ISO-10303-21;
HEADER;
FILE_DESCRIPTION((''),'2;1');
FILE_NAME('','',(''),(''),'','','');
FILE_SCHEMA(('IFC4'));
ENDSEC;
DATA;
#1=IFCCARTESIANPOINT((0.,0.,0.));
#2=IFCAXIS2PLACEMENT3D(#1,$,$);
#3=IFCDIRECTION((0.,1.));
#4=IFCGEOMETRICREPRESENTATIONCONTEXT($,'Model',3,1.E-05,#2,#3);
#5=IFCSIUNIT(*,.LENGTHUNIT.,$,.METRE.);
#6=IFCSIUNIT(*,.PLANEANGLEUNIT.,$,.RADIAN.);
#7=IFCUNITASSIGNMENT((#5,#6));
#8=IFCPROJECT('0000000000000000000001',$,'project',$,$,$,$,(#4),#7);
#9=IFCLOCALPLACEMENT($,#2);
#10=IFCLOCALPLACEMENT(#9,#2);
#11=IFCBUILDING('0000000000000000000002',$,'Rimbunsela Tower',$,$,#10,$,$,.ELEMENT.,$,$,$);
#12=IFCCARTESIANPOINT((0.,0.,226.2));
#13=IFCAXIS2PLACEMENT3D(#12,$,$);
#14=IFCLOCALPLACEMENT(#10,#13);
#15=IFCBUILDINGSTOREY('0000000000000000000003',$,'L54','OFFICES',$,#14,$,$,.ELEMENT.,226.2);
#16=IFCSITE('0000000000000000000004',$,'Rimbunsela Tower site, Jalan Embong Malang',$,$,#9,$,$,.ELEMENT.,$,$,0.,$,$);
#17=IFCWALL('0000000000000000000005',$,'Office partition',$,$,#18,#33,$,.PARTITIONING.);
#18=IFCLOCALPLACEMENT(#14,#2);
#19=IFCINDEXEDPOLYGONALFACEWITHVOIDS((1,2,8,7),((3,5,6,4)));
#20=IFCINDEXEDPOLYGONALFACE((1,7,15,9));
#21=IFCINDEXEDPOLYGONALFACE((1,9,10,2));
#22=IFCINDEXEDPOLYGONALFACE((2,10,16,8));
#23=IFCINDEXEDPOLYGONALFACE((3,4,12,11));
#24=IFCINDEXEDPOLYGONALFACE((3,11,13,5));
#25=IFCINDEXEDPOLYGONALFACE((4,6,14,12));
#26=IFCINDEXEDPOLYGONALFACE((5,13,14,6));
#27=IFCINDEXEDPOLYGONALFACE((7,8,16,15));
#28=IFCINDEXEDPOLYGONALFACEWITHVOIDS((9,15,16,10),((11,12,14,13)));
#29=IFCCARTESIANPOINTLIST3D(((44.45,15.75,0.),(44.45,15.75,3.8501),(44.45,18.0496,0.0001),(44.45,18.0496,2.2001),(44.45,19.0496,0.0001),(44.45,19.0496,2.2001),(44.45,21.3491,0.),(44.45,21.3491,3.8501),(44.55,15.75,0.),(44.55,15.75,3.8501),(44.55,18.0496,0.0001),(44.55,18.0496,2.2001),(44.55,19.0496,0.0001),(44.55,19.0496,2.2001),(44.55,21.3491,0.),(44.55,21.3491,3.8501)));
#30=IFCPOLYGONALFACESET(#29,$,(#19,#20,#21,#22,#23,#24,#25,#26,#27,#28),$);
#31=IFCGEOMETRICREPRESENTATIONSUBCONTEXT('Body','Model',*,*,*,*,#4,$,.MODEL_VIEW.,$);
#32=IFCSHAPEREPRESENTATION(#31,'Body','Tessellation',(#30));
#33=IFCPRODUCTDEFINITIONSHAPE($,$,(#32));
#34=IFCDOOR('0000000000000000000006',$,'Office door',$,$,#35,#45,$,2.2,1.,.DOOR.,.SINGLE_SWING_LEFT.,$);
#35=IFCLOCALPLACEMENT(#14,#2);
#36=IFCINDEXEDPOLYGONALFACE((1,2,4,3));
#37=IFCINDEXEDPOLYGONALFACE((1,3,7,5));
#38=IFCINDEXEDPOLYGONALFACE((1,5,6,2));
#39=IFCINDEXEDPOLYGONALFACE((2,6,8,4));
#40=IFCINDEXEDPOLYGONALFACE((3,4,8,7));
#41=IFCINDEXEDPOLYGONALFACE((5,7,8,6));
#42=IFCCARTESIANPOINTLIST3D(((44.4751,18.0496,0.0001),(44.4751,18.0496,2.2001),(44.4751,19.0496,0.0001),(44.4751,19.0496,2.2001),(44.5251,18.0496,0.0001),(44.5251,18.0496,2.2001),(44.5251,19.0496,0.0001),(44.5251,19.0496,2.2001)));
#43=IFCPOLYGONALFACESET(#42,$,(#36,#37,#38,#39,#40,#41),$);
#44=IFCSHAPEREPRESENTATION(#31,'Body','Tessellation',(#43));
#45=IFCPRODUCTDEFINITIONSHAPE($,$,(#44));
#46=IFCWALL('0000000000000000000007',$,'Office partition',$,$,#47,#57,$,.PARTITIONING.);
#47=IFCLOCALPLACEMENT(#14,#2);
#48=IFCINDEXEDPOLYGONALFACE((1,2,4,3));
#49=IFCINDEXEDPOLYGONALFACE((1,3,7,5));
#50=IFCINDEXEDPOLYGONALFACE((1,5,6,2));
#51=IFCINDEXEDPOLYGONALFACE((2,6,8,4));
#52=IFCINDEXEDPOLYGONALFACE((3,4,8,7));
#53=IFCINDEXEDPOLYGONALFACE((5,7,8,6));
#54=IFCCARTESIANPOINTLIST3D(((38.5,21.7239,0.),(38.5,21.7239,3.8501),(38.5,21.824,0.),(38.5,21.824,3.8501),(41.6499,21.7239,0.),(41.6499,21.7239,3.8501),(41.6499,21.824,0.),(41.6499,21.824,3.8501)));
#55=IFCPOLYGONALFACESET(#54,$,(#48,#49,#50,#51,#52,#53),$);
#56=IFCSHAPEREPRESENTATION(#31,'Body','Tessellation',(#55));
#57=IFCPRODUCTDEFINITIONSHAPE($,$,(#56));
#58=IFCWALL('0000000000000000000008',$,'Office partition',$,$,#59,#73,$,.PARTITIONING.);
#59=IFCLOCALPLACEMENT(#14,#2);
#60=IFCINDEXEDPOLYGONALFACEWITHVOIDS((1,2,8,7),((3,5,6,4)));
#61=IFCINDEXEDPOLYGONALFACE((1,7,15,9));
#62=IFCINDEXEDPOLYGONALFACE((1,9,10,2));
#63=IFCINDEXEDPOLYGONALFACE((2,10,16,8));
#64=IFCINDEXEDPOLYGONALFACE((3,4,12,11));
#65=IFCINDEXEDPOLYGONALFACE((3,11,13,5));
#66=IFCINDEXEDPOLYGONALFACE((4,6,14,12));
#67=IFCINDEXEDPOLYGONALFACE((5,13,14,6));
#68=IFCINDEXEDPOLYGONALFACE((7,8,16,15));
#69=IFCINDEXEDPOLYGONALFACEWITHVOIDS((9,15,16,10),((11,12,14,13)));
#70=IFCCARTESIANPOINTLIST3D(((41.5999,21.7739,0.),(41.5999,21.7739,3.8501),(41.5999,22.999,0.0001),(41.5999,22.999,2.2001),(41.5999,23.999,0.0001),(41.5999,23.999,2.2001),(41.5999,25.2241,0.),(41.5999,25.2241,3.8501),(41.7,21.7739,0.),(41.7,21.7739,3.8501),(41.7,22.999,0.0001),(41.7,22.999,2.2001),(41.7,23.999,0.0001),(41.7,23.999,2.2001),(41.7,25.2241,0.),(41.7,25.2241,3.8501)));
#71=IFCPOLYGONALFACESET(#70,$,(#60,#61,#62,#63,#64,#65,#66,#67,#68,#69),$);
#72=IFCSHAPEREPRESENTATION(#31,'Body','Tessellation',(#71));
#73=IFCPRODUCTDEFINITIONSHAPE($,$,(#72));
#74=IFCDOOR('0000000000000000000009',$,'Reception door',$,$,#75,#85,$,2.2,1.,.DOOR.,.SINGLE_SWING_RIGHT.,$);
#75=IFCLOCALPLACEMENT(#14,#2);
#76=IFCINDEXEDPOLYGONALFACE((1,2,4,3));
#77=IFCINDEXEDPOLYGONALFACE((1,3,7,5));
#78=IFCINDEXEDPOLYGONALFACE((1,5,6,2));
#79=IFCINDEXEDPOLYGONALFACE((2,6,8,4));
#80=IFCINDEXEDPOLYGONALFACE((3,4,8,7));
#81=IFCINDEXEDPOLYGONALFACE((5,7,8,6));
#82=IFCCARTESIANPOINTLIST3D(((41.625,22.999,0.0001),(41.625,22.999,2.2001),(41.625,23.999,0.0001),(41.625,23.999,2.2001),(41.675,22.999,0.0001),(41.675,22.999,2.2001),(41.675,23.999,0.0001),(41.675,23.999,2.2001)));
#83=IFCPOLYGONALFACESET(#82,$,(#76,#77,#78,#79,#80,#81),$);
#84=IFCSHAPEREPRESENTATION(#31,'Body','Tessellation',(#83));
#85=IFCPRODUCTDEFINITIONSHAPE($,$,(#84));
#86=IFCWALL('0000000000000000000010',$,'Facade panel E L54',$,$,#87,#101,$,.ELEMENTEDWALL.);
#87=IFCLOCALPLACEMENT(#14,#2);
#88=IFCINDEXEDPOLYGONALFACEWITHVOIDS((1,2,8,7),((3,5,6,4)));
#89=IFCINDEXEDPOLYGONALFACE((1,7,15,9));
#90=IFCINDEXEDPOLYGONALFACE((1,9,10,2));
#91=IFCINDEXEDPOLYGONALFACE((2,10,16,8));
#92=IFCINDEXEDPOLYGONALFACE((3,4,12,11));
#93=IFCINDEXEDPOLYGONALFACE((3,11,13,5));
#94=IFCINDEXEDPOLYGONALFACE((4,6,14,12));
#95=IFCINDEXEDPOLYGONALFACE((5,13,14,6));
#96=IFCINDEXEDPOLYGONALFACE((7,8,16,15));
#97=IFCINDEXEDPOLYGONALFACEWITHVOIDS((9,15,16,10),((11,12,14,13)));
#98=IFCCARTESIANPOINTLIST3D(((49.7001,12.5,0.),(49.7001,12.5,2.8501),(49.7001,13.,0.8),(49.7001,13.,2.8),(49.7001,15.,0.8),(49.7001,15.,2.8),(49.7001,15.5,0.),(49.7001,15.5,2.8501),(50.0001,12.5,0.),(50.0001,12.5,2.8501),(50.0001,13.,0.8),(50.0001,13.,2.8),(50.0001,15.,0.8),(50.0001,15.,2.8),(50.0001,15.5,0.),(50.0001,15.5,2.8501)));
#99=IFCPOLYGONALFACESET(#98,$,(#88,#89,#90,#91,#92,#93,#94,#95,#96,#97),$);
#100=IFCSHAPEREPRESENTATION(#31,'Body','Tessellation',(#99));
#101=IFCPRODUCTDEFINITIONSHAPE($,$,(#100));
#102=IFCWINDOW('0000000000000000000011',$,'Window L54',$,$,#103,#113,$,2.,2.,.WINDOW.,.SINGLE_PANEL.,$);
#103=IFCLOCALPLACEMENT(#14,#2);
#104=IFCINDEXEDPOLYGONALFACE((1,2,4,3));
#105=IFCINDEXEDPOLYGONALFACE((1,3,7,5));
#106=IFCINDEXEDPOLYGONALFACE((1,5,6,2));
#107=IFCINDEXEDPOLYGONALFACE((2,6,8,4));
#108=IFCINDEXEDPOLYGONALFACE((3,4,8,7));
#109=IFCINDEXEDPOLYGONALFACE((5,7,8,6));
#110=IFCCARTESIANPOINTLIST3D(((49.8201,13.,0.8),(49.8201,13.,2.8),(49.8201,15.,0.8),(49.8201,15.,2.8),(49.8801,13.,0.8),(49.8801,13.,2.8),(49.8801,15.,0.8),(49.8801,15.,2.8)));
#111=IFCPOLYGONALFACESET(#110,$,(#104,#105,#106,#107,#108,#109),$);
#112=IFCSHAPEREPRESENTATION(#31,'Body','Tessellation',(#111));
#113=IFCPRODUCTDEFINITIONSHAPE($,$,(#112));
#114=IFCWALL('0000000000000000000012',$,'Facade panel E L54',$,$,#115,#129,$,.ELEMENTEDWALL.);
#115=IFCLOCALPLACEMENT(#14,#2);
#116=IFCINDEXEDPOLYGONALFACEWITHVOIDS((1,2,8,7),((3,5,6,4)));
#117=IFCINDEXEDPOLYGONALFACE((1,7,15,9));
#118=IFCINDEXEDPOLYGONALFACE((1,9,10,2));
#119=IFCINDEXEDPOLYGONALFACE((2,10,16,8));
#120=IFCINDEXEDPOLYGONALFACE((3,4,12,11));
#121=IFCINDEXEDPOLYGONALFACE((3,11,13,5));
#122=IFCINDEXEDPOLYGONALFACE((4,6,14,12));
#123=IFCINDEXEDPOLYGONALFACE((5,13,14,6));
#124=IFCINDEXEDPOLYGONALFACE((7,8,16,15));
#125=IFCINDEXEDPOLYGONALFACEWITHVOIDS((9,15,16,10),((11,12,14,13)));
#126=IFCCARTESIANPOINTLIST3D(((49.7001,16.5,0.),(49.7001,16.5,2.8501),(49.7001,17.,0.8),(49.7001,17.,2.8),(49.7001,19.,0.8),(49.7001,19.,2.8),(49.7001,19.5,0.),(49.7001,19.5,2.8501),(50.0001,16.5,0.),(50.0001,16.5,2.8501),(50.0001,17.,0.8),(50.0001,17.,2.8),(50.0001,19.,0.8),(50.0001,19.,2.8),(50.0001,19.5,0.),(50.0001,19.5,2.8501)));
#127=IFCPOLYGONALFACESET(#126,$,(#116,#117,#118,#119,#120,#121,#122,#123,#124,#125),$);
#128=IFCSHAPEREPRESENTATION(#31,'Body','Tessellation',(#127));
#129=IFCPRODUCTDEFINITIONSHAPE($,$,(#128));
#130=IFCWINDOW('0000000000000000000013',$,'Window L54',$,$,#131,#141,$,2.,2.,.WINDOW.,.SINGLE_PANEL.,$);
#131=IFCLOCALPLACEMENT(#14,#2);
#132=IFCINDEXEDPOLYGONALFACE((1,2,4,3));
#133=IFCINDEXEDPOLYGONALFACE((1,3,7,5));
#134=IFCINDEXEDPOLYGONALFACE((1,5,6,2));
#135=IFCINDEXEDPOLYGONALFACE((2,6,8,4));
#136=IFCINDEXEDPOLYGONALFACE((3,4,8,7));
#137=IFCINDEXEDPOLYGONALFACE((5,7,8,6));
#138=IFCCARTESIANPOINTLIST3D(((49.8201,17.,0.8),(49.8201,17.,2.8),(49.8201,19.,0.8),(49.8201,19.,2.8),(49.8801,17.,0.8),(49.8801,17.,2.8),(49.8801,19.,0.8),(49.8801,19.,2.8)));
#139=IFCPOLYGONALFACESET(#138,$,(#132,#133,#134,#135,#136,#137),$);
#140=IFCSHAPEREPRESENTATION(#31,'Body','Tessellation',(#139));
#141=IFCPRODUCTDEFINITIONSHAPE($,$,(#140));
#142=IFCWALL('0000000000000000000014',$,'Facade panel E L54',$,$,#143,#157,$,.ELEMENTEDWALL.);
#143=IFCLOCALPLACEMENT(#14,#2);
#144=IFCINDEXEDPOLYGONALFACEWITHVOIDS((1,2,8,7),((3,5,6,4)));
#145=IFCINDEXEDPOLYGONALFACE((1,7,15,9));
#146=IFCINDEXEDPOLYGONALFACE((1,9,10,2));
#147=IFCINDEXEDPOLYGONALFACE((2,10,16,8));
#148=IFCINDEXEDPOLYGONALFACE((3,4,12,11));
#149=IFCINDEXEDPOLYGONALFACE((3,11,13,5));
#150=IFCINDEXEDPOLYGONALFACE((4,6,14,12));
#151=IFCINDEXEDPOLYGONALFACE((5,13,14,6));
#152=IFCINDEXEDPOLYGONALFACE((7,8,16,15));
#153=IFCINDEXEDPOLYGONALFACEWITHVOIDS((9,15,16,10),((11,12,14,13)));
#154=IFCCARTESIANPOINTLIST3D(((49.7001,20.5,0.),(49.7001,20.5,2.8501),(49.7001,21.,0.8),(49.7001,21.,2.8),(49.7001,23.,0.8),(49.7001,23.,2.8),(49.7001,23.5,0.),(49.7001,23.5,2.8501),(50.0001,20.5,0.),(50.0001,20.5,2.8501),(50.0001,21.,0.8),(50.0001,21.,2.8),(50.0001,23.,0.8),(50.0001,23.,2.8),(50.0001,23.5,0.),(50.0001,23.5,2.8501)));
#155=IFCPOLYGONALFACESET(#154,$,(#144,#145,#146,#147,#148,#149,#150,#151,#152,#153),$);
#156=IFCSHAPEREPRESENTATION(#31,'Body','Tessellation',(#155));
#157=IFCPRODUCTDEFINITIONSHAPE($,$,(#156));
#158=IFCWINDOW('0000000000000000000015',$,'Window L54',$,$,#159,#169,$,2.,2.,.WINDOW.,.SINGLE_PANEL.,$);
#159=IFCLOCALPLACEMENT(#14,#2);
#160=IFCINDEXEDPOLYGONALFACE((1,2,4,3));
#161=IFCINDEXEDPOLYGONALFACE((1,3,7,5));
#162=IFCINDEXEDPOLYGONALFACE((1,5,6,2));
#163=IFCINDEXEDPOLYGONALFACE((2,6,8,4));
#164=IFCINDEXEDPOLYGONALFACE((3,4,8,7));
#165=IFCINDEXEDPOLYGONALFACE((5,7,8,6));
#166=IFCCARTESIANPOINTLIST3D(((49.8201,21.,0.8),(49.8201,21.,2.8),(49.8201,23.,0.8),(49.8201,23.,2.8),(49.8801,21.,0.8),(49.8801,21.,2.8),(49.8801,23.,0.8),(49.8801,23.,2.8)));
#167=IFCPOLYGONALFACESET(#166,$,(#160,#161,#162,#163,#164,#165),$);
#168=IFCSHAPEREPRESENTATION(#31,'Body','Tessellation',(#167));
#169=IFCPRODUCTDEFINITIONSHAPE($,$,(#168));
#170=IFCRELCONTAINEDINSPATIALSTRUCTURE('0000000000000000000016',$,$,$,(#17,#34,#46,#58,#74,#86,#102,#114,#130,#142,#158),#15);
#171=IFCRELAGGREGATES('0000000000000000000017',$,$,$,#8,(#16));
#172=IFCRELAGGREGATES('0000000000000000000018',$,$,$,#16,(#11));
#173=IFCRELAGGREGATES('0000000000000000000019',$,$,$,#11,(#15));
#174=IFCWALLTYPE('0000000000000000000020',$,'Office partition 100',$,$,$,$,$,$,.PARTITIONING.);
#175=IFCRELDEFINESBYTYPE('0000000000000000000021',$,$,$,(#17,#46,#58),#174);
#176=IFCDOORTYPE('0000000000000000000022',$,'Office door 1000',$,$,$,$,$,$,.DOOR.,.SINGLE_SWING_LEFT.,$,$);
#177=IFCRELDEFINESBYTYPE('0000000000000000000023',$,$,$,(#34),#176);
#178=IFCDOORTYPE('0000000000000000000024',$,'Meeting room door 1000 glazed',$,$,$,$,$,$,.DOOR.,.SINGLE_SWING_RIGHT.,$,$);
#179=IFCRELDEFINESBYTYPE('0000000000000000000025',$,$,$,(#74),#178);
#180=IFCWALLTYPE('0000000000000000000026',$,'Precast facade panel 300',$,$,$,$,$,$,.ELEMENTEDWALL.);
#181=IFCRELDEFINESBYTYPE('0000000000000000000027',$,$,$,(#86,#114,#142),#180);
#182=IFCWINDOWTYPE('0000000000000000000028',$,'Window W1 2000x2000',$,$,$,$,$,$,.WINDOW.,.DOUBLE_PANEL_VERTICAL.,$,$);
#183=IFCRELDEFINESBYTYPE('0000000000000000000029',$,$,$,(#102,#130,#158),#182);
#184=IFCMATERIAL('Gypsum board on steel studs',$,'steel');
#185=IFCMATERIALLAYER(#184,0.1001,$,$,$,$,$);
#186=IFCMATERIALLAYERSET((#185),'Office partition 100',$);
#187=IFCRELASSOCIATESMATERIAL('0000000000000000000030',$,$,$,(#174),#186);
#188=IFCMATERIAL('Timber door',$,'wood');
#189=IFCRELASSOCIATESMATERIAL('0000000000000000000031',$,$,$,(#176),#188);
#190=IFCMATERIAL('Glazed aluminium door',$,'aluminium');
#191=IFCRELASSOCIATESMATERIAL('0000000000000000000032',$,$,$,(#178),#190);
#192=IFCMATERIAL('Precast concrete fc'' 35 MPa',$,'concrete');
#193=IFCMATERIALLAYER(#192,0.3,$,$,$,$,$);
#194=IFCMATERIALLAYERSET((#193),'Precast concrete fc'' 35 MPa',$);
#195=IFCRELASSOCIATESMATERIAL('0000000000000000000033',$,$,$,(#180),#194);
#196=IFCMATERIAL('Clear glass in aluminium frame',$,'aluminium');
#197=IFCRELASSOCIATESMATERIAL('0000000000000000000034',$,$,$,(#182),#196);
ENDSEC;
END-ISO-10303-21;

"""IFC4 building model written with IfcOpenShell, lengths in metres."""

from ifc_helpers import new_model, si_unit, direction, frame, frame_2d, origin, place, context, subcontext, project, spatial, rectangle, extrude, material, layer, layer_set, type_object, element, fill, save


model = new_model("IFC4")

# Units and contexts
model_context = context("Model", 3, precision=1e-05, world=origin(), true_north=direction((0.0, 1.0)))
body_context = subcontext(model_context, "Body", "Model", "MODEL_VIEW")
ifc_project = project(units=[si_unit("LENGTHUNIT", "METRE"), si_unit("PLANEANGLEUNIT", "RADIAN")], contexts=[model_context])

# Site, building, storey
site_placement = place(None, origin())
site = spatial("IfcSite", under=ifc_project, at=site_placement, Name="Rimbunsela Tower site, Jalan Embong Malang", CompositionType="ELEMENT", RefElevation=0.0)
building_placement = place(site_placement, origin())
building = spatial("IfcBuilding", under=site, at=building_placement, Name="Rimbunsela Tower", CompositionType="ELEMENT")
storey_placement = place(building_placement, frame((0.0, 0.0, 226.2)))
storey = spatial("IfcBuildingStorey", under=building, at=storey_placement, Name="L54", Description="OFFICES", CompositionType="ELEMENT", Elevation=226.2)

# Shared definitions
ifc_material_1 = material(Name="Gypsum board on steel studs", Category="steel")
ifc_layer_1 = layer(ifc_material_1, 0.1001)
ifc_layer_set_1 = layer_set([ifc_layer_1], Name="Office partition 100")
wall_type_1 = type_object("IfcWallType", Name="Office partition 100", PredefinedType="PARTITIONING", material=ifc_layer_set_1)

# Wall, opening, door
wall_1_placement = place(storey_placement, frame((44.5, 15.75, 0.0), z_axis=(0.0, 0.0, 1.0), x_axis=(0.0, 1.0, 0.0)))
wall_1 = element("IfcWall", 1, at=wall_1_placement, inside=storey, type_object=wall_type_1, Name="Office partition", PredefinedType="PARTITIONING", context=body_context, shape_type="SweptSolid", body=[
    extrude(rectangle(XDim=5.5991, YDim=0.1001, at=frame_2d((2.7996, 0.0))), origin(), (0.0, 0.0, 1.0), 3.8501),
])
opening_1_placement = place(wall_1_placement, frame((2.2996, 0.0, 0.0)))
opening_1 = element("IfcOpeningElement", 2, at=opening_1_placement, cuts=wall_1, PredefinedType="OPENING", context=body_context, shape_type="SweptSolid", body=[
    extrude(rectangle(XDim=1.0, YDim=2.2, at=frame_2d((0.5, 1.1001))), frame((0.0, 0.0601, 0.0), z_axis=(0.0, -1.0, 0.0), x_axis=(1.0, 0.0, 0.0)), (0.0, 0.0, 1.0), 0.1201),
])
ifc_material_2 = material(Name="Timber door", Category="wood")
door_type_1 = type_object("IfcDoorType", Name="Office door 1000", OperationType="SINGLE_SWING_LEFT", PredefinedType="DOOR", material=ifc_material_2)
door_1_placement = place(opening_1_placement, origin())
door_1 = element("IfcDoor", 3, at=door_1_placement, inside=storey, type_object=door_type_1, Name="Office door", OperationType="SINGLE_SWING_LEFT", OverallHeight=2.2, OverallWidth=1.0, PredefinedType="DOOR", context=body_context, shape_type="SweptSolid", body=[
    extrude(rectangle(XDim=1.0, YDim=2.2, at=frame_2d((0.5, 1.1001))), frame((0.0, 0.0249, 0.0), z_axis=(0.0, -1.0, 0.0), x_axis=(1.0, 0.0, 0.0)), (0.0, 0.0, 1.0), 0.05),
])
fill(opening_1, door_1)

# Wall
wall_2_placement = place(storey_placement, frame((38.5, 21.7739, 0.0), z_axis=(0.0, 0.0, 1.0), x_axis=(1.0, 0.0, 0.0)))
element("IfcWall", 4, at=wall_2_placement, inside=storey, type_object=wall_type_1, Name="Office partition", PredefinedType="PARTITIONING", context=body_context, shape_type="SweptSolid", body=[
    extrude(rectangle(XDim=3.1499, YDim=0.1001, at=frame_2d((1.575, 0.0))), origin(), (0.0, 0.0, 1.0), 3.8501),
])

# Wall, opening, door
wall_3_placement = place(storey_placement, frame((41.6499, 21.7739, 0.0), z_axis=(0.0, 0.0, 1.0), x_axis=(0.0, 1.0, 0.0)))
wall_3 = element("IfcWall", 5, at=wall_3_placement, inside=storey, type_object=wall_type_1, Name="Office partition", PredefinedType="PARTITIONING", context=body_context, shape_type="SweptSolid", body=[
    extrude(rectangle(XDim=3.4502, YDim=0.1001, at=frame_2d((1.7251, 0.0))), origin(), (0.0, 0.0, 1.0), 3.8501),
])
opening_2_placement = place(wall_3_placement, frame((1.2251, 0.0, 0.0)))
opening_2 = element("IfcOpeningElement", 6, at=opening_2_placement, cuts=wall_3, PredefinedType="OPENING", context=body_context, shape_type="SweptSolid", body=[
    extrude(rectangle(XDim=1.0, YDim=2.2, at=frame_2d((0.5, 1.1001))), frame((0.0, 0.0601, 0.0), z_axis=(0.0, -1.0, 0.0), x_axis=(1.0, 0.0, 0.0)), (0.0, 0.0, 1.0), 0.1201),
])
ifc_material_3 = material(Name="Glazed aluminium door", Category="aluminium")
door_type_2 = type_object("IfcDoorType", Name="Meeting room door 1000 glazed", OperationType="SINGLE_SWING_RIGHT", PredefinedType="DOOR", material=ifc_material_3)
door_2_placement = place(opening_2_placement, origin())
door_2 = element("IfcDoor", 7, at=door_2_placement, inside=storey, type_object=door_type_2, Name="Reception door", OperationType="SINGLE_SWING_RIGHT", OverallHeight=2.2, OverallWidth=1.0, PredefinedType="DOOR", context=body_context, shape_type="SweptSolid", body=[
    extrude(rectangle(XDim=1.0, YDim=2.2, at=frame_2d((0.5, 1.1001))), frame((0.0, 0.0249, 0.0), z_axis=(0.0, -1.0, 0.0), x_axis=(1.0, 0.0, 0.0)), (0.0, 0.0, 1.0), 0.05),
])
fill(opening_2, door_2)

# Walls, openings, windows
ifc_material_4 = material(Name="Precast concrete fc' 35 MPa", Category="concrete")
ifc_layer_2 = layer(ifc_material_4, 0.3)
ifc_layer_set_2 = layer_set([ifc_layer_2], Name="Precast concrete fc' 35 MPa")
wall_type_2 = type_object("IfcWallType", Name="Precast facade panel 300", PredefinedType="ELEMENTEDWALL", material=ifc_layer_set_2)
wall_4_placement = place(storey_placement, frame((49.8501, 12.5, 0.0), z_axis=(0.0, 0.0, 1.0), x_axis=(0.0, 1.0, 0.0)))
wall_4 = element("IfcWall", 8, at=wall_4_placement, inside=storey, type_object=wall_type_2, Name="Facade panel E L54", PredefinedType="ELEMENTEDWALL", context=body_context, shape_type="SweptSolid", body=[
    extrude(rectangle(XDim=3.0, YDim=0.3, at=frame_2d((1.5, 0.0))), origin(), (0.0, 0.0, 1.0), 2.8501),
])
opening_3_placement = place(wall_4_placement, frame((0.5, 0.0, 0.8)))
opening_3 = element("IfcOpeningElement", 9, at=opening_3_placement, cuts=wall_4, PredefinedType="OPENING", context=body_context, shape_type="SweptSolid", body=[
    extrude(rectangle(XDim=2.0, YDim=2.0, at=frame_2d((1.0, 1.0))), frame((0.0, 0.1599, 0.0), z_axis=(0.0, -1.0, 0.0), x_axis=(1.0, 0.0, 0.0)), (0.0, 0.0, 1.0), 0.3201),
])
ifc_material_5 = material(Name="Clear glass in aluminium frame", Category="aluminium")
window_type = type_object("IfcWindowType", Name="Window W1 2000x2000", PartitioningType="DOUBLE_PANEL_VERTICAL", PredefinedType="WINDOW", material=ifc_material_5)
window_1_placement = place(opening_3_placement, origin())
window_1 = element("IfcWindow", 10, at=window_1_placement, inside=storey, type_object=window_type, Name="Window L54", OverallHeight=2.0, OverallWidth=2.0, PartitioningType="SINGLE_PANEL", PredefinedType="WINDOW", context=body_context, shape_type="SweptSolid", body=[
    extrude(rectangle(XDim=2.0, YDim=2.0, at=frame_2d((1.0, 1.0))), frame((0.0, 0.03, 0.0), z_axis=(0.0, -1.0, 0.0), x_axis=(1.0, 0.0, 0.0)), (0.0, 0.0, 1.0), 0.0601),
])
fill(opening_3, window_1)
wall_5_placement = place(storey_placement, frame((49.8501, 16.5, 0.0), z_axis=(0.0, 0.0, 1.0), x_axis=(0.0, 1.0, 0.0)))
wall_5 = element("IfcWall", 11, at=wall_5_placement, inside=storey, type_object=wall_type_2, Name="Facade panel E L54", PredefinedType="ELEMENTEDWALL", context=body_context, shape_type="SweptSolid", body=[
    extrude(rectangle(XDim=3.0, YDim=0.3, at=frame_2d((1.5, 0.0))), origin(), (0.0, 0.0, 1.0), 2.8501),
])
opening_4_placement = place(wall_5_placement, frame((0.5, 0.0, 0.8)))
opening_4 = element("IfcOpeningElement", 12, at=opening_4_placement, cuts=wall_5, PredefinedType="OPENING", context=body_context, shape_type="SweptSolid", body=[
    extrude(rectangle(XDim=2.0, YDim=2.0, at=frame_2d((1.0, 1.0))), frame((0.0, 0.1599, 0.0), z_axis=(0.0, -1.0, 0.0), x_axis=(1.0, 0.0, 0.0)), (0.0, 0.0, 1.0), 0.3201),
])
window_2_placement = place(opening_4_placement, origin())
window_2 = element("IfcWindow", 13, at=window_2_placement, inside=storey, type_object=window_type, Name="Window L54", OverallHeight=2.0, OverallWidth=2.0, PartitioningType="SINGLE_PANEL", PredefinedType="WINDOW", context=body_context, shape_type="SweptSolid", body=[
    extrude(rectangle(XDim=2.0, YDim=2.0, at=frame_2d((1.0, 1.0))), frame((0.0, 0.03, 0.0), z_axis=(0.0, -1.0, 0.0), x_axis=(1.0, 0.0, 0.0)), (0.0, 0.0, 1.0), 0.0601),
])
fill(opening_4, window_2)
wall_6_placement = place(storey_placement, frame((49.8501, 20.5, 0.0), z_axis=(0.0, 0.0, 1.0), x_axis=(0.0, 1.0, 0.0)))
wall_6 = element("IfcWall", 14, at=wall_6_placement, inside=storey, type_object=wall_type_2, Name="Facade panel E L54", PredefinedType="ELEMENTEDWALL", context=body_context, shape_type="SweptSolid", body=[
    extrude(rectangle(XDim=3.0, YDim=0.3, at=frame_2d((1.5, 0.0))), origin(), (0.0, 0.0, 1.0), 2.8501),
])
opening_5_placement = place(wall_6_placement, frame((0.5, 0.0, 0.8)))
opening_5 = element("IfcOpeningElement", 15, at=opening_5_placement, cuts=wall_6, PredefinedType="OPENING", context=body_context, shape_type="SweptSolid", body=[
    extrude(rectangle(XDim=2.0, YDim=2.0, at=frame_2d((1.0, 1.0))), frame((0.0, 0.1599, 0.0), z_axis=(0.0, -1.0, 0.0), x_axis=(1.0, 0.0, 0.0)), (0.0, 0.0, 1.0), 0.3201),
])
window_3_placement = place(opening_5_placement, origin())
window_3 = element("IfcWindow", 16, at=window_3_placement, inside=storey, type_object=window_type, Name="Window L54", OverallHeight=2.0, OverallWidth=2.0, PartitioningType="SINGLE_PANEL", PredefinedType="WINDOW", context=body_context, shape_type="SweptSolid", body=[
    extrude(rectangle(XDim=2.0, YDim=2.0, at=frame_2d((1.0, 1.0))), frame((0.0, 0.03, 0.0), z_axis=(0.0, -1.0, 0.0), x_axis=(1.0, 0.0, 0.0)), (0.0, 0.0, 1.0), 0.0601),
])
fill(opening_5, window_3)

save(model, "model.ifc")
